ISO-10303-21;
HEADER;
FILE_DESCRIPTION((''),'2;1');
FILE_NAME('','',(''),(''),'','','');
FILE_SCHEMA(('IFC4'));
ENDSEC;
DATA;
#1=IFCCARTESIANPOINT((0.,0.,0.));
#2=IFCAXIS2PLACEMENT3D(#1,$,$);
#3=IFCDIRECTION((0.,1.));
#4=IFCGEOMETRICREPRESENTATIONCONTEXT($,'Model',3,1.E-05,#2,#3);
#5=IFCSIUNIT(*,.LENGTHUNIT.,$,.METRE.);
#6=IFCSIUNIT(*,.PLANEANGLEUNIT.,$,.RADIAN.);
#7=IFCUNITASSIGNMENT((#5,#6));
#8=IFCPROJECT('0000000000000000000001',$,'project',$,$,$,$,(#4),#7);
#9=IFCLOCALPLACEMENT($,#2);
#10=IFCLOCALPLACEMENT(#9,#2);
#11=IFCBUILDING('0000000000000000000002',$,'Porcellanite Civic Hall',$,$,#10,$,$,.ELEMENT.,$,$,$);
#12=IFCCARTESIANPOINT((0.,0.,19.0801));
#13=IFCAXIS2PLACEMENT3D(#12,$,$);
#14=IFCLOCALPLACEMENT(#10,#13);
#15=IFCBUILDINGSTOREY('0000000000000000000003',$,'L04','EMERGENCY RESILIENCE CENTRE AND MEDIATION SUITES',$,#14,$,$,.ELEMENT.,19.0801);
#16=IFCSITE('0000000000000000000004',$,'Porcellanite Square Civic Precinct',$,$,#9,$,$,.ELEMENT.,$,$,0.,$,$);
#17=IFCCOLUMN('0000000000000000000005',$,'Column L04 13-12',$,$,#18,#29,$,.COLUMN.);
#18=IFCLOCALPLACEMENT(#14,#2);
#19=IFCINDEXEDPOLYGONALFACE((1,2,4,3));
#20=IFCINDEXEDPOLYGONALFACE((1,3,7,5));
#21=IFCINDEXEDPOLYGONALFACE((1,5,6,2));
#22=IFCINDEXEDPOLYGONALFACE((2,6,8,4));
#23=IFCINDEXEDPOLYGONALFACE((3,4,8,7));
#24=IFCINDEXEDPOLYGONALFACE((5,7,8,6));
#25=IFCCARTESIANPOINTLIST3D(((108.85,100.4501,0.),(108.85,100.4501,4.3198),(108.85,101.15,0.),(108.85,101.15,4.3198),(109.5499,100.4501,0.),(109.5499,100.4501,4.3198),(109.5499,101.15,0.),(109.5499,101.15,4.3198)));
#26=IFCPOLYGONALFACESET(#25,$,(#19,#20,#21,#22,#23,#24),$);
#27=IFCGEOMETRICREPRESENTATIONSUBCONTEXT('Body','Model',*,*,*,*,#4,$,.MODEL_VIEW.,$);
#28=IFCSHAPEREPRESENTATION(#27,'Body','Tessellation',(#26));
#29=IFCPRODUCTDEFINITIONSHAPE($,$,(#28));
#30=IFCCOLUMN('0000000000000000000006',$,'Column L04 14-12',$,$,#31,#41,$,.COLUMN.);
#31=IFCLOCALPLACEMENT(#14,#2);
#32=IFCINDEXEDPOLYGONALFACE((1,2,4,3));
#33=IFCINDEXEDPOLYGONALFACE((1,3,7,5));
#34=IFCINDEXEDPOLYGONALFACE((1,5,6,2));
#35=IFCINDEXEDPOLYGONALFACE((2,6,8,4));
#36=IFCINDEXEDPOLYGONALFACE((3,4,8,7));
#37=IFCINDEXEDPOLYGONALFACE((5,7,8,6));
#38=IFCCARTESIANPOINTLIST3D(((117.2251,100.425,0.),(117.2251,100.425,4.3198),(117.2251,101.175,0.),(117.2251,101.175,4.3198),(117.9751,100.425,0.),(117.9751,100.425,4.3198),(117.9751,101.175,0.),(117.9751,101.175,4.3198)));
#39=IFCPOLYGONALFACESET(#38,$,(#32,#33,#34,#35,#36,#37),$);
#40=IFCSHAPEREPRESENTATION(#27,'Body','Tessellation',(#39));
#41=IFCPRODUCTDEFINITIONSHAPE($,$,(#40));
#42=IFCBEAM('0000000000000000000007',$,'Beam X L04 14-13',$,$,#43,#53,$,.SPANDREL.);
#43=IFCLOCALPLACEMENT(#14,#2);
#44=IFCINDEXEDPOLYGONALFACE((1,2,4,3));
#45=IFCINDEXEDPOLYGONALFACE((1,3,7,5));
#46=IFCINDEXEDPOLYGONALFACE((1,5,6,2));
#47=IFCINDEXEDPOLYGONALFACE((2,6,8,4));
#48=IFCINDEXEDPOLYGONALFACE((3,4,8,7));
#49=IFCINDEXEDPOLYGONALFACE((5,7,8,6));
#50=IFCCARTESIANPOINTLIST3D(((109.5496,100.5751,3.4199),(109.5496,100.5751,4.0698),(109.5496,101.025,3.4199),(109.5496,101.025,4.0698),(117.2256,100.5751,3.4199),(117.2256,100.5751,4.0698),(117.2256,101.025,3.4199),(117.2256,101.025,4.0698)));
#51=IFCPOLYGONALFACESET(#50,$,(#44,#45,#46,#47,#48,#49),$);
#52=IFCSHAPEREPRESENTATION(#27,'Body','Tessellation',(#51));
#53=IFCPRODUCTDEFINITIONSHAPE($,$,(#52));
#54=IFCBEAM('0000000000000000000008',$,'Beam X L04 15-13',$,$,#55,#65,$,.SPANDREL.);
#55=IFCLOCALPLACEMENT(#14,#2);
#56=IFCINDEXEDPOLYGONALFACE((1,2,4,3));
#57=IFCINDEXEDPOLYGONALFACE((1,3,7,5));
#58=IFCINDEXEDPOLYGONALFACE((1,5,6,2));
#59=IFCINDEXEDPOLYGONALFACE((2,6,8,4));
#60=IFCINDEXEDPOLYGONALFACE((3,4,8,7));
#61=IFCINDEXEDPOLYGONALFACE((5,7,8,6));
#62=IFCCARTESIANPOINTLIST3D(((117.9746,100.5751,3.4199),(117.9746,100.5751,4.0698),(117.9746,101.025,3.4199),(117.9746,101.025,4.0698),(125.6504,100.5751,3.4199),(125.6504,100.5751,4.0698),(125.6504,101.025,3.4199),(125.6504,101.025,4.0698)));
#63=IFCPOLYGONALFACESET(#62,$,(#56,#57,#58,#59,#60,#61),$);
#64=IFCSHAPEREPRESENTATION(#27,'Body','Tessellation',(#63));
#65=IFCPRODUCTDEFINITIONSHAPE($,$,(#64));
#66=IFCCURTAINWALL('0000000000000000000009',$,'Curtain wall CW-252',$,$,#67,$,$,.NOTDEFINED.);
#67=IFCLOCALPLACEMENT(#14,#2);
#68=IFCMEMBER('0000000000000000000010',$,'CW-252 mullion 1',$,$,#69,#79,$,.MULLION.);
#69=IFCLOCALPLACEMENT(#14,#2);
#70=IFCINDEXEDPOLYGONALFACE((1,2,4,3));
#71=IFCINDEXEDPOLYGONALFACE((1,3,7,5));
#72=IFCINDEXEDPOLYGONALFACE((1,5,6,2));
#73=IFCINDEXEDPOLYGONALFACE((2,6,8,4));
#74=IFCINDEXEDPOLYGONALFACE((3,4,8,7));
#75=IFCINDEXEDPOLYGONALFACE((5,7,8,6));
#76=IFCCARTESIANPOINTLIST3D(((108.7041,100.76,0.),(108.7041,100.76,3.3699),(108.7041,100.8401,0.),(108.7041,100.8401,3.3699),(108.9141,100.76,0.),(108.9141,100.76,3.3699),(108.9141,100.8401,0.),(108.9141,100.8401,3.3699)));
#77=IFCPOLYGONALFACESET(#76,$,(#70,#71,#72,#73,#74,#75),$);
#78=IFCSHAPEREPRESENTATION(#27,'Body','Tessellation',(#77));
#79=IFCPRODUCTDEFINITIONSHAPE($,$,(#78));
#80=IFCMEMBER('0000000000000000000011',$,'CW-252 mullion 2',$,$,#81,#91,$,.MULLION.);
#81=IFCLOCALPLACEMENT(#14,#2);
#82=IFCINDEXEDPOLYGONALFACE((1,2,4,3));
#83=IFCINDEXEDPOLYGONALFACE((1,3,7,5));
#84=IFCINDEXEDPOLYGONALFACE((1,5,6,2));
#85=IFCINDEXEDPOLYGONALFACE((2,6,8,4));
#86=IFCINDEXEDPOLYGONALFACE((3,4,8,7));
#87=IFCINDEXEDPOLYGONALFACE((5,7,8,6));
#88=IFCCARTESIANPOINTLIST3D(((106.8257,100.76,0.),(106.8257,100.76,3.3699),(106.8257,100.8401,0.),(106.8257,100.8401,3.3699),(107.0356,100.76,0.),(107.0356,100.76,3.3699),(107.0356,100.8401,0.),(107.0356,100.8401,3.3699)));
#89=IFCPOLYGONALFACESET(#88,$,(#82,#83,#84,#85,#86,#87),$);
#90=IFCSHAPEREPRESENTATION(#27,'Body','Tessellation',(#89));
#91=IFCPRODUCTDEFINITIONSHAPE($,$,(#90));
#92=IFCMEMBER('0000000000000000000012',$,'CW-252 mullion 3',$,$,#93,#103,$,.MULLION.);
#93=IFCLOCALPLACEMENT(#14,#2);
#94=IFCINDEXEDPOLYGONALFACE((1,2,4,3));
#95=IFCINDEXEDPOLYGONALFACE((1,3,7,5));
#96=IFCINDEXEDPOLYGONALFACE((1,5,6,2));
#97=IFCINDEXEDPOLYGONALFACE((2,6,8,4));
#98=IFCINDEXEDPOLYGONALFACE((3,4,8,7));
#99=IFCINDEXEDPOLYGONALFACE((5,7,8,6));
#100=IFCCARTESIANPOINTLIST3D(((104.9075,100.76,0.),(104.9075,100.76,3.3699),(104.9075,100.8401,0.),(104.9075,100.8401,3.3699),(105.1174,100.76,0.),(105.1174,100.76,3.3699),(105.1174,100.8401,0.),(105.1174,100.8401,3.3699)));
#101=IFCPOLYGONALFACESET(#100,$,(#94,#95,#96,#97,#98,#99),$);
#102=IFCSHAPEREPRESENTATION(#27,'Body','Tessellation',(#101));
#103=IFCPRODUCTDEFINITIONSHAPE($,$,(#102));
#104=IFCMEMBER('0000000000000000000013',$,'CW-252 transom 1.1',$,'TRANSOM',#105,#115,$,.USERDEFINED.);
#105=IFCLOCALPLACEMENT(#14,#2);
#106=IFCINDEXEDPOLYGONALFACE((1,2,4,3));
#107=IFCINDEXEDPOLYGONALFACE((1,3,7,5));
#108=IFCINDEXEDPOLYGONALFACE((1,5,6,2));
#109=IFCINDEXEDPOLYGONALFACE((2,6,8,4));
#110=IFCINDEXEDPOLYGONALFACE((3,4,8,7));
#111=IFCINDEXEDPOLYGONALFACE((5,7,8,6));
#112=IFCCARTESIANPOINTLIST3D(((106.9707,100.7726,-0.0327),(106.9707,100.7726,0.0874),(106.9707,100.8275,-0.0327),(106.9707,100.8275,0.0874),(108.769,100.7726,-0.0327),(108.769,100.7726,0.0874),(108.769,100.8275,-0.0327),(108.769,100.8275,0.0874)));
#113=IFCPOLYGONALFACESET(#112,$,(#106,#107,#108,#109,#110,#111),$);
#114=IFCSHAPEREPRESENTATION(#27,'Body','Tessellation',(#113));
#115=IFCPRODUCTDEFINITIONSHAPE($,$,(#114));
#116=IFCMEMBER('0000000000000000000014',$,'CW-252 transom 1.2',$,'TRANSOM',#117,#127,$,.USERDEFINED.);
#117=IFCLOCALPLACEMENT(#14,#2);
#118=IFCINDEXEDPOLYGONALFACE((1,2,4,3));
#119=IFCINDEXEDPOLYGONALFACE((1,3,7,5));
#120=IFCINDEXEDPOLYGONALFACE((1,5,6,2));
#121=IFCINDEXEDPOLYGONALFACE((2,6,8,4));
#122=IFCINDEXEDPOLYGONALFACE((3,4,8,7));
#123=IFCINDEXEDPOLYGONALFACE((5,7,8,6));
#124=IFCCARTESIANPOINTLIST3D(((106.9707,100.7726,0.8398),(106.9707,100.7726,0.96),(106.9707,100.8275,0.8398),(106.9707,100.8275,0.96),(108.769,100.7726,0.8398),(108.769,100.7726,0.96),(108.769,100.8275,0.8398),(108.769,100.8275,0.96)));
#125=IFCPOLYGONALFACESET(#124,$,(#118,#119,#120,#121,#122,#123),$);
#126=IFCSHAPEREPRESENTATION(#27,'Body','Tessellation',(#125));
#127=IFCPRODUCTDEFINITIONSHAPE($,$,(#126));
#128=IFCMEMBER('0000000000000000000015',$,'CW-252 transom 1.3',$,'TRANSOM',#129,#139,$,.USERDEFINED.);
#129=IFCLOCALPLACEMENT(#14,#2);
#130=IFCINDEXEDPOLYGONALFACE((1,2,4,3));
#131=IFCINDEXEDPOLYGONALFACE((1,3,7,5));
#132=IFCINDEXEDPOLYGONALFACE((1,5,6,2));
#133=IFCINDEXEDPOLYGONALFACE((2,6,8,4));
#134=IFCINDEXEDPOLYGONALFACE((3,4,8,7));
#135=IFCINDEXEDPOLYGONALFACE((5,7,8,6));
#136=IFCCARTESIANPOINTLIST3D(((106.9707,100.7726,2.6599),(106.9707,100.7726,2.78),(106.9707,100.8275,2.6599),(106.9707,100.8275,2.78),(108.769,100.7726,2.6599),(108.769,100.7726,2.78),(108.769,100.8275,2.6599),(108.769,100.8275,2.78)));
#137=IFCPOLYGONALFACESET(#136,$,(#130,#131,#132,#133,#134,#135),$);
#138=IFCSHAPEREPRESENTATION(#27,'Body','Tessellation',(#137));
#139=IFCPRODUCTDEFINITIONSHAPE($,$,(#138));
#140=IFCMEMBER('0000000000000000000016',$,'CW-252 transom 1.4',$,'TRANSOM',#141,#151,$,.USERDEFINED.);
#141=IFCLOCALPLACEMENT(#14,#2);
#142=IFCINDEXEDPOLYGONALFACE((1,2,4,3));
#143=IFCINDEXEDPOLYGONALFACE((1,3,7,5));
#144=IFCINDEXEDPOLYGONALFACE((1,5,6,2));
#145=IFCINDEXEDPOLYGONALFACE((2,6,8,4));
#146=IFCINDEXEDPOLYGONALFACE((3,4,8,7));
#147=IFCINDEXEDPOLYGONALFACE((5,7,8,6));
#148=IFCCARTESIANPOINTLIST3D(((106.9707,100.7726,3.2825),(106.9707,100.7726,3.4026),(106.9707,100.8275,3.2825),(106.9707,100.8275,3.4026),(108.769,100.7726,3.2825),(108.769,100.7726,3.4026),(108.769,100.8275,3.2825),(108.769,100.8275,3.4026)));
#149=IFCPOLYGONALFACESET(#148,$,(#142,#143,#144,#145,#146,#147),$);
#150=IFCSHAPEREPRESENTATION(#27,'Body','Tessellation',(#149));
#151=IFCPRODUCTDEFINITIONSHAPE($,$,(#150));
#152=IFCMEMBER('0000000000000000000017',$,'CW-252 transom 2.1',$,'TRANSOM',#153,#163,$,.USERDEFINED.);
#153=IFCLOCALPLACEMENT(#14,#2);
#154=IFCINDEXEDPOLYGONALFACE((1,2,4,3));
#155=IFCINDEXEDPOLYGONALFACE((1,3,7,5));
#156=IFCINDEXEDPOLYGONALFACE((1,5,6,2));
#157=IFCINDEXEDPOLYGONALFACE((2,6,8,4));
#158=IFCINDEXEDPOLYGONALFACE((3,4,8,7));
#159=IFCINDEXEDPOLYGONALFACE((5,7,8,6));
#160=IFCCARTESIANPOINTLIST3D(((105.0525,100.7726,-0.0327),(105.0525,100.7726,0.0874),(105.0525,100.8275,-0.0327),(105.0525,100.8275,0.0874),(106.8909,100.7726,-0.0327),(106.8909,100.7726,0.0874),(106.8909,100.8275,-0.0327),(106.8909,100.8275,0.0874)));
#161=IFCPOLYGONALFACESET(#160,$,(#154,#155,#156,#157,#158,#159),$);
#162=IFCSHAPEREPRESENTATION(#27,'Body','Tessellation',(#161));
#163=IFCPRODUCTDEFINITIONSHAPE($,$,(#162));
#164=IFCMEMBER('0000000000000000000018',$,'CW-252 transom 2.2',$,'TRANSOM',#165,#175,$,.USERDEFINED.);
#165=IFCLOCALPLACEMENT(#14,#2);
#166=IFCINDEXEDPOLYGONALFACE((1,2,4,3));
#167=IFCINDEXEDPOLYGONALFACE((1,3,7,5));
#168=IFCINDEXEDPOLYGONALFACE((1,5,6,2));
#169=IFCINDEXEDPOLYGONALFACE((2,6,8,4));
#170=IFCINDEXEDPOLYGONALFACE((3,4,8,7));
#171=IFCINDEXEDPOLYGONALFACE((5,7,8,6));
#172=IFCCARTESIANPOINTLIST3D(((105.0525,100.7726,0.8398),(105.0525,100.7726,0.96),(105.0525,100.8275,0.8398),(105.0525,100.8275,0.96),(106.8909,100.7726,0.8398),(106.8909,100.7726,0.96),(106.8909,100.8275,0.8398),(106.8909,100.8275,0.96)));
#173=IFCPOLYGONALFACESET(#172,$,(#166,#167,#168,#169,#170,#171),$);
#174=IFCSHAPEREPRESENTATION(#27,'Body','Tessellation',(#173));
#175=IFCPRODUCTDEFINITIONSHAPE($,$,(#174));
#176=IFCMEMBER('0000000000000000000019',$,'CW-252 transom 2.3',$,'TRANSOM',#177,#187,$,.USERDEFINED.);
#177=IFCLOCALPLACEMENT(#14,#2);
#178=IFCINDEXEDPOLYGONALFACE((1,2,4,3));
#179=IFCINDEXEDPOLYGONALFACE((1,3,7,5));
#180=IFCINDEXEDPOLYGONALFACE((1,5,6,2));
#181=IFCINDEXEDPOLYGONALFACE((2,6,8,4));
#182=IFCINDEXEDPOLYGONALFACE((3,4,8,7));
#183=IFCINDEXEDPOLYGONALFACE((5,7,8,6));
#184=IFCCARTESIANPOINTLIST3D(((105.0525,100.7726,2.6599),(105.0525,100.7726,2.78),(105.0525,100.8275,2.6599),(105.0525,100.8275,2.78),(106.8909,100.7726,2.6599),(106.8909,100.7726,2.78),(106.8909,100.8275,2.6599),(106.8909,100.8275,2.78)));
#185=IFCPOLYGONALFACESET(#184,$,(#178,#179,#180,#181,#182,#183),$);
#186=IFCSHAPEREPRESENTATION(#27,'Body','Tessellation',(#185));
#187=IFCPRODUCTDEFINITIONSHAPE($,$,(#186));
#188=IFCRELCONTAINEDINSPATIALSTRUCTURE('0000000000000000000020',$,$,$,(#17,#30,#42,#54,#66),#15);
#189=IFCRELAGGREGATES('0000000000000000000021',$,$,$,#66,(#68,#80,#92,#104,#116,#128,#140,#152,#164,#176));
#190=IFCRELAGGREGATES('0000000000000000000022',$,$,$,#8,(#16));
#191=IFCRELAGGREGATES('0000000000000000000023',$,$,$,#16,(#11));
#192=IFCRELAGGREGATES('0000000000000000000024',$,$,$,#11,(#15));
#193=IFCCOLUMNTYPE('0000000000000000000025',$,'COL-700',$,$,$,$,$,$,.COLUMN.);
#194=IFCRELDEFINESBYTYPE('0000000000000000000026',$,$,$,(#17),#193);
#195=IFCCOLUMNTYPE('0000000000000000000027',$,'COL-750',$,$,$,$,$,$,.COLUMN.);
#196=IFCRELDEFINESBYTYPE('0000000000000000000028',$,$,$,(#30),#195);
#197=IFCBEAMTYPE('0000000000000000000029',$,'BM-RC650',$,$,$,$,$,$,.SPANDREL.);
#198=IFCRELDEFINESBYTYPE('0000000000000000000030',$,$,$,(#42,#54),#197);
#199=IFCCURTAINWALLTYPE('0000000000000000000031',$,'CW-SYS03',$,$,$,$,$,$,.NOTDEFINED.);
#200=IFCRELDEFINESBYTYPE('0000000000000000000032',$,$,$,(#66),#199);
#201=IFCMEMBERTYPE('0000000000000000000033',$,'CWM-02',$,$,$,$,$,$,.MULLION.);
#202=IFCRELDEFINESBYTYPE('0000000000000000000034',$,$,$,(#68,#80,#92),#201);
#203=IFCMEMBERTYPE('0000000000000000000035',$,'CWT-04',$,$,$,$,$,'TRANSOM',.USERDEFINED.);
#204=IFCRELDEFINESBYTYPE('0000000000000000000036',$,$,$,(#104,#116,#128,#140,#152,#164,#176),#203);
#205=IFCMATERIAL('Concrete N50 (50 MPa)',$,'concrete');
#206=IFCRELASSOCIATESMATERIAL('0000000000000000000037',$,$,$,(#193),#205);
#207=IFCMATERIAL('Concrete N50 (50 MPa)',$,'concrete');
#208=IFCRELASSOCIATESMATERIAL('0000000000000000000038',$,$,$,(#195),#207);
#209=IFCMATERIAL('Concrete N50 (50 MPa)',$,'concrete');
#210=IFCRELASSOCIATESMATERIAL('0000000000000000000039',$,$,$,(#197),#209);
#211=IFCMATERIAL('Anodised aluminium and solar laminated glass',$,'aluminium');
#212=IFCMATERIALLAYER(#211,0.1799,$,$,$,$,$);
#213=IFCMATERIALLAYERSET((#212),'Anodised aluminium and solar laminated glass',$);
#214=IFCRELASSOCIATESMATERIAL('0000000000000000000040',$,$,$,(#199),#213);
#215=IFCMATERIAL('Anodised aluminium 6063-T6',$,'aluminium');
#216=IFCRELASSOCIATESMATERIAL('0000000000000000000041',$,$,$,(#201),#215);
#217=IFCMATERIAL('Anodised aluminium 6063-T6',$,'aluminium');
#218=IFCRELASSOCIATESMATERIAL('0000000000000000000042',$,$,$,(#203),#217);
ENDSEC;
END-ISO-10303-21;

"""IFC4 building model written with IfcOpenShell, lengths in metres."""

from ifc_helpers import new_model, si_unit, direction, frame, origin, origin_2d, place, context, subcontext, project, spatial, rectangle, extrude, material, layer, layer_set, material_profile, profile_set, type_object, element, aggregate, save


model = new_model("IFC4")

# Units and contexts
model_context = context("Model", 3, precision=1e-05, world=origin(), true_north=direction((0.0, 1.0)))
body_context = subcontext(model_context, "Body", "Model", "MODEL_VIEW")
ifc_project = project(units=[si_unit("LENGTHUNIT", "METRE"), si_unit("PLANEANGLEUNIT", "RADIAN")], contexts=[model_context])

# Site, building, storey
site_placement = place(None, origin())
site = spatial("IfcSite", under=ifc_project, at=site_placement, Name="Porcellanite Square Civic Precinct", CompositionType="ELEMENT", RefElevation=0.0)
building_placement = place(site_placement, origin())
building = spatial("IfcBuilding", under=site, at=building_placement, Name="Porcellanite Civic Hall", CompositionType="ELEMENT")
storey_placement = place(building_placement, frame((0.0, 0.0, 19.0801)))
storey = spatial("IfcBuildingStorey", under=building, at=storey_placement, Name="L04", Description="EMERGENCY RESILIENCE CENTRE AND MEDIATION SUITES", CompositionType="ELEMENT", Elevation=19.0801)

# Columns
ifc_material_1 = material(Name="Concrete N50 (50 MPa)", Category="concrete")
ifc_material_profile_1 = material_profile(ifc_material_1, rectangle(XDim=0.7, YDim=0.7, at=origin_2d()), Name="RC-700x700")
ifc_profile_set_1 = profile_set([ifc_material_profile_1], Name="Concrete N50 (50 MPa)")
column_type_1 = type_object("IfcColumnType", Name="COL-700", PredefinedType="COLUMN", material=ifc_profile_set_1)
column_1_placement = place(storey_placement, frame((109.2, 100.8, 0.0), z_axis=(0.0, 0.0, 1.0), x_axis=(1.0, 0.0, 0.0)))
element("IfcColumn", 1, at=column_1_placement, inside=storey, type_object=column_type_1, Name="Column L04 13-12", PredefinedType="COLUMN", context=body_context, shape_type="SweptSolid", body=[
    extrude(rectangle(XDim=0.7, YDim=0.7, at=origin_2d()), origin(), (0.0, 0.0, 1.0), 4.3198),
])
ifc_material_2 = material(Name="Concrete N50 (50 MPa)", Category="concrete")
ifc_material_profile_2 = material_profile(ifc_material_2, rectangle(XDim=0.75, YDim=0.75, at=origin_2d()), Name="RC-750x750")
ifc_profile_set_2 = profile_set([ifc_material_profile_2], Name="Concrete N50 (50 MPa)")
column_type_2 = type_object("IfcColumnType", Name="COL-750", PredefinedType="COLUMN", material=ifc_profile_set_2)
column_2_placement = place(storey_placement, frame((117.6001, 100.8, 0.0), z_axis=(0.0, 0.0, 1.0), x_axis=(1.0, 0.0, 0.0)))
element("IfcColumn", 2, at=column_2_placement, inside=storey, type_object=column_type_2, Name="Column L04 14-12", PredefinedType="COLUMN", context=body_context, shape_type="SweptSolid", body=[
    extrude(rectangle(XDim=0.75, YDim=0.75, at=origin_2d()), origin(), (0.0, 0.0, 1.0), 4.3198),
])

# Beams
ifc_material_3 = material(Name="Concrete N50 (50 MPa)", Category="concrete")
ifc_material_profile_3 = material_profile(ifc_material_3, rectangle(XDim=0.45, YDim=0.6499, at=origin_2d()), Name="RC-450x650")
ifc_profile_set_3 = profile_set([ifc_material_profile_3], Name="Concrete N50 (50 MPa)")
beam_type = type_object("IfcBeamType", Name="BM-RC650", PredefinedType="SPANDREL", material=ifc_profile_set_3)
beam_1_placement = place(storey_placement, frame((109.5496, 100.8, 3.7449), z_axis=(1.0, 0.0, 0.0), x_axis=(0.0, 1.0, 0.0)))
element("IfcBeam", 3, at=beam_1_placement, inside=storey, type_object=beam_type, Name="Beam X L04 14-13", PredefinedType="SPANDREL", context=body_context, shape_type="SweptSolid", body=[
    extrude(rectangle(XDim=0.45, YDim=0.6499, at=origin_2d()), origin(), (0.0, 0.0, 1.0), 7.676),
])
beam_2_placement = place(storey_placement, frame((117.9746, 100.8, 3.7449), z_axis=(1.0, 0.0, 0.0), x_axis=(0.0, 1.0, 0.0)))
element("IfcBeam", 4, at=beam_2_placement, inside=storey, type_object=beam_type, Name="Beam X L04 15-13", PredefinedType="SPANDREL", context=body_context, shape_type="SweptSolid", body=[
    extrude(rectangle(XDim=0.45, YDim=0.6499, at=origin_2d()), origin(), (0.0, 0.0, 1.0), 7.6758),
])

# Curtain wall, members
ifc_material_4 = material(Name="Anodised aluminium and solar laminated glass", Category="aluminium")
ifc_layer_1 = layer(ifc_material_4, 0.1799)
ifc_layer_set_1 = layer_set([ifc_layer_1], Name="Anodised aluminium and solar laminated glass")
curtain_wall_type = type_object("IfcCurtainWallType", Name="CW-SYS03", PredefinedType="NOTDEFINED", material=ifc_layer_set_1)
curtain_wall_placement = place(storey_placement, origin())
curtain_wall = element("IfcCurtainWall", 5, at=curtain_wall_placement, inside=storey, type_object=curtain_wall_type, Name="Curtain wall CW-252", PredefinedType="NOTDEFINED")
ifc_material_5 = material(Name="Anodised aluminium 6063-T6", Category="aluminium")
ifc_material_profile_4 = material_profile(ifc_material_5, rectangle(XDim=0.0801, YDim=0.21, at=origin_2d()), Name="AL-80x210")
ifc_profile_set_4 = profile_set([ifc_material_profile_4], Name="Anodised aluminium 6063-T6")
member_type_1 = type_object("IfcMemberType", Name="CWM-02", PredefinedType="MULLION", material=ifc_profile_set_4)
member_1_placement = place(storey_placement, frame((108.8091, 100.8, 0.0), z_axis=(0.0, 0.0, 1.0), x_axis=(0.0, -1.0, 0.0)))
member_1 = element("IfcMember", 6, at=member_1_placement, type_object=member_type_1, Name="CW-252 mullion 1", PredefinedType="MULLION", context=body_context, shape_type="SweptSolid", body=[
    extrude(rectangle(XDim=0.0801, YDim=0.21, at=origin_2d()), origin(), (0.0, 0.0, 1.0), 3.3699),
])
member_2_placement = place(storey_placement, frame((106.9307, 100.8, 0.0), z_axis=(0.0, 0.0, 1.0), x_axis=(0.0, -1.0, 0.0)))
member_2 = element("IfcMember", 7, at=member_2_placement, type_object=member_type_1, Name="CW-252 mullion 2", PredefinedType="MULLION", context=body_context, shape_type="SweptSolid", body=[
    extrude(rectangle(XDim=0.0801, YDim=0.21, at=origin_2d()), origin(), (0.0, 0.0, 1.0), 3.3699),
])
member_3_placement = place(storey_placement, frame((105.0125, 100.8, 0.0), z_axis=(0.0, 0.0, 1.0), x_axis=(0.0, -1.0, 0.0)))
member_3 = element("IfcMember", 8, at=member_3_placement, type_object=member_type_1, Name="CW-252 mullion 3", PredefinedType="MULLION", context=body_context, shape_type="SweptSolid", body=[
    extrude(rectangle(XDim=0.0801, YDim=0.21, at=origin_2d()), origin(), (0.0, 0.0, 1.0), 3.3699),
])
ifc_material_6 = material(Name="Anodised aluminium 6063-T6", Category="aluminium")
ifc_material_profile_5 = material_profile(ifc_material_6, rectangle(XDim=0.0549, YDim=0.1201, at=origin_2d()), Name="AL-55x120")
ifc_profile_set_5 = profile_set([ifc_material_profile_5], Name="Anodised aluminium 6063-T6")
member_type_2 = type_object("IfcMemberType", Name="CWT-04", ElementType="TRANSOM", PredefinedType="USERDEFINED", material=ifc_profile_set_5)
member_4_placement = place(storey_placement, frame((108.769, 100.8, 0.0273), z_axis=(-1.0, 0.0, 0.0), x_axis=(0.0, -1.0, 0.0)))
member_4 = element("IfcMember", 9, at=member_4_placement, type_object=member_type_2, Name="CW-252 transom 1.1", ObjectType="TRANSOM", PredefinedType="USERDEFINED", context=body_context, shape_type="SweptSolid", body=[
    extrude(rectangle(XDim=0.0549, YDim=0.1201, at=origin_2d()), origin(), (0.0, 0.0, 1.0), 1.7983),
])
member_5_placement = place(storey_placement, frame((108.769, 100.8, 0.8999), z_axis=(-1.0, 0.0, 0.0), x_axis=(0.0, -1.0, 0.0)))
member_5 = element("IfcMember", 10, at=member_5_placement, type_object=member_type_2, Name="CW-252 transom 1.2", ObjectType="TRANSOM", PredefinedType="USERDEFINED", context=body_context, shape_type="SweptSolid", body=[
    extrude(rectangle(XDim=0.0549, YDim=0.1201, at=origin_2d()), origin(), (0.0, 0.0, 1.0), 1.7983),
])
member_6_placement = place(storey_placement, frame((108.769, 100.8, 2.72), z_axis=(-1.0, 0.0, 0.0), x_axis=(0.0, -1.0, 0.0)))
member_6 = element("IfcMember", 11, at=member_6_placement, type_object=member_type_2, Name="CW-252 transom 1.3", ObjectType="TRANSOM", PredefinedType="USERDEFINED", context=body_context, shape_type="SweptSolid", body=[
    extrude(rectangle(XDim=0.0549, YDim=0.1201, at=origin_2d()), origin(), (0.0, 0.0, 1.0), 1.7983),
])
member_7_placement = place(storey_placement, frame((108.769, 100.8, 3.3425), z_axis=(-1.0, 0.0, 0.0), x_axis=(0.0, -1.0, 0.0)))
member_7 = element("IfcMember", 12, at=member_7_placement, type_object=member_type_2, Name="CW-252 transom 1.4", ObjectType="TRANSOM", PredefinedType="USERDEFINED", context=body_context, shape_type="SweptSolid", body=[
    extrude(rectangle(XDim=0.0549, YDim=0.1201, at=origin_2d()), origin(), (0.0, 0.0, 1.0), 1.7983),
])
member_8_placement = place(storey_placement, frame((106.8909, 100.8, 0.0273), z_axis=(-1.0, 0.0, 0.0), x_axis=(0.0, -1.0, 0.0)))
member_8 = element("IfcMember", 13, at=member_8_placement, type_object=member_type_2, Name="CW-252 transom 2.1", ObjectType="TRANSOM", PredefinedType="USERDEFINED", context=body_context, shape_type="SweptSolid", body=[
    extrude(rectangle(XDim=0.0549, YDim=0.1201, at=origin_2d()), origin(), (0.0, 0.0, 1.0), 1.8384),
])
member_9_placement = place(storey_placement, frame((106.8909, 100.8, 0.8999), z_axis=(-1.0, 0.0, 0.0), x_axis=(0.0, -1.0, 0.0)))
member_9 = element("IfcMember", 14, at=member_9_placement, type_object=member_type_2, Name="CW-252 transom 2.2", ObjectType="TRANSOM", PredefinedType="USERDEFINED", context=body_context, shape_type="SweptSolid", body=[
    extrude(rectangle(XDim=0.0549, YDim=0.1201, at=origin_2d()), origin(), (0.0, 0.0, 1.0), 1.8384),
])
member_10_placement = place(storey_placement, frame((106.8909, 100.8, 2.72), z_axis=(-1.0, 0.0, 0.0), x_axis=(0.0, -1.0, 0.0)))
member_10 = element("IfcMember", 15, at=member_10_placement, type_object=member_type_2, Name="CW-252 transom 2.3", ObjectType="TRANSOM", PredefinedType="USERDEFINED", context=body_context, shape_type="SweptSolid", body=[
    extrude(rectangle(XDim=0.0549, YDim=0.1201, at=origin_2d()), origin(), (0.0, 0.0, 1.0), 1.8384),
])

aggregate(curtain_wall, [member_1, member_2, member_3, member_4, member_5, member_6, member_7, member_8, member_9, member_10])

save(model, "model.ifc")
